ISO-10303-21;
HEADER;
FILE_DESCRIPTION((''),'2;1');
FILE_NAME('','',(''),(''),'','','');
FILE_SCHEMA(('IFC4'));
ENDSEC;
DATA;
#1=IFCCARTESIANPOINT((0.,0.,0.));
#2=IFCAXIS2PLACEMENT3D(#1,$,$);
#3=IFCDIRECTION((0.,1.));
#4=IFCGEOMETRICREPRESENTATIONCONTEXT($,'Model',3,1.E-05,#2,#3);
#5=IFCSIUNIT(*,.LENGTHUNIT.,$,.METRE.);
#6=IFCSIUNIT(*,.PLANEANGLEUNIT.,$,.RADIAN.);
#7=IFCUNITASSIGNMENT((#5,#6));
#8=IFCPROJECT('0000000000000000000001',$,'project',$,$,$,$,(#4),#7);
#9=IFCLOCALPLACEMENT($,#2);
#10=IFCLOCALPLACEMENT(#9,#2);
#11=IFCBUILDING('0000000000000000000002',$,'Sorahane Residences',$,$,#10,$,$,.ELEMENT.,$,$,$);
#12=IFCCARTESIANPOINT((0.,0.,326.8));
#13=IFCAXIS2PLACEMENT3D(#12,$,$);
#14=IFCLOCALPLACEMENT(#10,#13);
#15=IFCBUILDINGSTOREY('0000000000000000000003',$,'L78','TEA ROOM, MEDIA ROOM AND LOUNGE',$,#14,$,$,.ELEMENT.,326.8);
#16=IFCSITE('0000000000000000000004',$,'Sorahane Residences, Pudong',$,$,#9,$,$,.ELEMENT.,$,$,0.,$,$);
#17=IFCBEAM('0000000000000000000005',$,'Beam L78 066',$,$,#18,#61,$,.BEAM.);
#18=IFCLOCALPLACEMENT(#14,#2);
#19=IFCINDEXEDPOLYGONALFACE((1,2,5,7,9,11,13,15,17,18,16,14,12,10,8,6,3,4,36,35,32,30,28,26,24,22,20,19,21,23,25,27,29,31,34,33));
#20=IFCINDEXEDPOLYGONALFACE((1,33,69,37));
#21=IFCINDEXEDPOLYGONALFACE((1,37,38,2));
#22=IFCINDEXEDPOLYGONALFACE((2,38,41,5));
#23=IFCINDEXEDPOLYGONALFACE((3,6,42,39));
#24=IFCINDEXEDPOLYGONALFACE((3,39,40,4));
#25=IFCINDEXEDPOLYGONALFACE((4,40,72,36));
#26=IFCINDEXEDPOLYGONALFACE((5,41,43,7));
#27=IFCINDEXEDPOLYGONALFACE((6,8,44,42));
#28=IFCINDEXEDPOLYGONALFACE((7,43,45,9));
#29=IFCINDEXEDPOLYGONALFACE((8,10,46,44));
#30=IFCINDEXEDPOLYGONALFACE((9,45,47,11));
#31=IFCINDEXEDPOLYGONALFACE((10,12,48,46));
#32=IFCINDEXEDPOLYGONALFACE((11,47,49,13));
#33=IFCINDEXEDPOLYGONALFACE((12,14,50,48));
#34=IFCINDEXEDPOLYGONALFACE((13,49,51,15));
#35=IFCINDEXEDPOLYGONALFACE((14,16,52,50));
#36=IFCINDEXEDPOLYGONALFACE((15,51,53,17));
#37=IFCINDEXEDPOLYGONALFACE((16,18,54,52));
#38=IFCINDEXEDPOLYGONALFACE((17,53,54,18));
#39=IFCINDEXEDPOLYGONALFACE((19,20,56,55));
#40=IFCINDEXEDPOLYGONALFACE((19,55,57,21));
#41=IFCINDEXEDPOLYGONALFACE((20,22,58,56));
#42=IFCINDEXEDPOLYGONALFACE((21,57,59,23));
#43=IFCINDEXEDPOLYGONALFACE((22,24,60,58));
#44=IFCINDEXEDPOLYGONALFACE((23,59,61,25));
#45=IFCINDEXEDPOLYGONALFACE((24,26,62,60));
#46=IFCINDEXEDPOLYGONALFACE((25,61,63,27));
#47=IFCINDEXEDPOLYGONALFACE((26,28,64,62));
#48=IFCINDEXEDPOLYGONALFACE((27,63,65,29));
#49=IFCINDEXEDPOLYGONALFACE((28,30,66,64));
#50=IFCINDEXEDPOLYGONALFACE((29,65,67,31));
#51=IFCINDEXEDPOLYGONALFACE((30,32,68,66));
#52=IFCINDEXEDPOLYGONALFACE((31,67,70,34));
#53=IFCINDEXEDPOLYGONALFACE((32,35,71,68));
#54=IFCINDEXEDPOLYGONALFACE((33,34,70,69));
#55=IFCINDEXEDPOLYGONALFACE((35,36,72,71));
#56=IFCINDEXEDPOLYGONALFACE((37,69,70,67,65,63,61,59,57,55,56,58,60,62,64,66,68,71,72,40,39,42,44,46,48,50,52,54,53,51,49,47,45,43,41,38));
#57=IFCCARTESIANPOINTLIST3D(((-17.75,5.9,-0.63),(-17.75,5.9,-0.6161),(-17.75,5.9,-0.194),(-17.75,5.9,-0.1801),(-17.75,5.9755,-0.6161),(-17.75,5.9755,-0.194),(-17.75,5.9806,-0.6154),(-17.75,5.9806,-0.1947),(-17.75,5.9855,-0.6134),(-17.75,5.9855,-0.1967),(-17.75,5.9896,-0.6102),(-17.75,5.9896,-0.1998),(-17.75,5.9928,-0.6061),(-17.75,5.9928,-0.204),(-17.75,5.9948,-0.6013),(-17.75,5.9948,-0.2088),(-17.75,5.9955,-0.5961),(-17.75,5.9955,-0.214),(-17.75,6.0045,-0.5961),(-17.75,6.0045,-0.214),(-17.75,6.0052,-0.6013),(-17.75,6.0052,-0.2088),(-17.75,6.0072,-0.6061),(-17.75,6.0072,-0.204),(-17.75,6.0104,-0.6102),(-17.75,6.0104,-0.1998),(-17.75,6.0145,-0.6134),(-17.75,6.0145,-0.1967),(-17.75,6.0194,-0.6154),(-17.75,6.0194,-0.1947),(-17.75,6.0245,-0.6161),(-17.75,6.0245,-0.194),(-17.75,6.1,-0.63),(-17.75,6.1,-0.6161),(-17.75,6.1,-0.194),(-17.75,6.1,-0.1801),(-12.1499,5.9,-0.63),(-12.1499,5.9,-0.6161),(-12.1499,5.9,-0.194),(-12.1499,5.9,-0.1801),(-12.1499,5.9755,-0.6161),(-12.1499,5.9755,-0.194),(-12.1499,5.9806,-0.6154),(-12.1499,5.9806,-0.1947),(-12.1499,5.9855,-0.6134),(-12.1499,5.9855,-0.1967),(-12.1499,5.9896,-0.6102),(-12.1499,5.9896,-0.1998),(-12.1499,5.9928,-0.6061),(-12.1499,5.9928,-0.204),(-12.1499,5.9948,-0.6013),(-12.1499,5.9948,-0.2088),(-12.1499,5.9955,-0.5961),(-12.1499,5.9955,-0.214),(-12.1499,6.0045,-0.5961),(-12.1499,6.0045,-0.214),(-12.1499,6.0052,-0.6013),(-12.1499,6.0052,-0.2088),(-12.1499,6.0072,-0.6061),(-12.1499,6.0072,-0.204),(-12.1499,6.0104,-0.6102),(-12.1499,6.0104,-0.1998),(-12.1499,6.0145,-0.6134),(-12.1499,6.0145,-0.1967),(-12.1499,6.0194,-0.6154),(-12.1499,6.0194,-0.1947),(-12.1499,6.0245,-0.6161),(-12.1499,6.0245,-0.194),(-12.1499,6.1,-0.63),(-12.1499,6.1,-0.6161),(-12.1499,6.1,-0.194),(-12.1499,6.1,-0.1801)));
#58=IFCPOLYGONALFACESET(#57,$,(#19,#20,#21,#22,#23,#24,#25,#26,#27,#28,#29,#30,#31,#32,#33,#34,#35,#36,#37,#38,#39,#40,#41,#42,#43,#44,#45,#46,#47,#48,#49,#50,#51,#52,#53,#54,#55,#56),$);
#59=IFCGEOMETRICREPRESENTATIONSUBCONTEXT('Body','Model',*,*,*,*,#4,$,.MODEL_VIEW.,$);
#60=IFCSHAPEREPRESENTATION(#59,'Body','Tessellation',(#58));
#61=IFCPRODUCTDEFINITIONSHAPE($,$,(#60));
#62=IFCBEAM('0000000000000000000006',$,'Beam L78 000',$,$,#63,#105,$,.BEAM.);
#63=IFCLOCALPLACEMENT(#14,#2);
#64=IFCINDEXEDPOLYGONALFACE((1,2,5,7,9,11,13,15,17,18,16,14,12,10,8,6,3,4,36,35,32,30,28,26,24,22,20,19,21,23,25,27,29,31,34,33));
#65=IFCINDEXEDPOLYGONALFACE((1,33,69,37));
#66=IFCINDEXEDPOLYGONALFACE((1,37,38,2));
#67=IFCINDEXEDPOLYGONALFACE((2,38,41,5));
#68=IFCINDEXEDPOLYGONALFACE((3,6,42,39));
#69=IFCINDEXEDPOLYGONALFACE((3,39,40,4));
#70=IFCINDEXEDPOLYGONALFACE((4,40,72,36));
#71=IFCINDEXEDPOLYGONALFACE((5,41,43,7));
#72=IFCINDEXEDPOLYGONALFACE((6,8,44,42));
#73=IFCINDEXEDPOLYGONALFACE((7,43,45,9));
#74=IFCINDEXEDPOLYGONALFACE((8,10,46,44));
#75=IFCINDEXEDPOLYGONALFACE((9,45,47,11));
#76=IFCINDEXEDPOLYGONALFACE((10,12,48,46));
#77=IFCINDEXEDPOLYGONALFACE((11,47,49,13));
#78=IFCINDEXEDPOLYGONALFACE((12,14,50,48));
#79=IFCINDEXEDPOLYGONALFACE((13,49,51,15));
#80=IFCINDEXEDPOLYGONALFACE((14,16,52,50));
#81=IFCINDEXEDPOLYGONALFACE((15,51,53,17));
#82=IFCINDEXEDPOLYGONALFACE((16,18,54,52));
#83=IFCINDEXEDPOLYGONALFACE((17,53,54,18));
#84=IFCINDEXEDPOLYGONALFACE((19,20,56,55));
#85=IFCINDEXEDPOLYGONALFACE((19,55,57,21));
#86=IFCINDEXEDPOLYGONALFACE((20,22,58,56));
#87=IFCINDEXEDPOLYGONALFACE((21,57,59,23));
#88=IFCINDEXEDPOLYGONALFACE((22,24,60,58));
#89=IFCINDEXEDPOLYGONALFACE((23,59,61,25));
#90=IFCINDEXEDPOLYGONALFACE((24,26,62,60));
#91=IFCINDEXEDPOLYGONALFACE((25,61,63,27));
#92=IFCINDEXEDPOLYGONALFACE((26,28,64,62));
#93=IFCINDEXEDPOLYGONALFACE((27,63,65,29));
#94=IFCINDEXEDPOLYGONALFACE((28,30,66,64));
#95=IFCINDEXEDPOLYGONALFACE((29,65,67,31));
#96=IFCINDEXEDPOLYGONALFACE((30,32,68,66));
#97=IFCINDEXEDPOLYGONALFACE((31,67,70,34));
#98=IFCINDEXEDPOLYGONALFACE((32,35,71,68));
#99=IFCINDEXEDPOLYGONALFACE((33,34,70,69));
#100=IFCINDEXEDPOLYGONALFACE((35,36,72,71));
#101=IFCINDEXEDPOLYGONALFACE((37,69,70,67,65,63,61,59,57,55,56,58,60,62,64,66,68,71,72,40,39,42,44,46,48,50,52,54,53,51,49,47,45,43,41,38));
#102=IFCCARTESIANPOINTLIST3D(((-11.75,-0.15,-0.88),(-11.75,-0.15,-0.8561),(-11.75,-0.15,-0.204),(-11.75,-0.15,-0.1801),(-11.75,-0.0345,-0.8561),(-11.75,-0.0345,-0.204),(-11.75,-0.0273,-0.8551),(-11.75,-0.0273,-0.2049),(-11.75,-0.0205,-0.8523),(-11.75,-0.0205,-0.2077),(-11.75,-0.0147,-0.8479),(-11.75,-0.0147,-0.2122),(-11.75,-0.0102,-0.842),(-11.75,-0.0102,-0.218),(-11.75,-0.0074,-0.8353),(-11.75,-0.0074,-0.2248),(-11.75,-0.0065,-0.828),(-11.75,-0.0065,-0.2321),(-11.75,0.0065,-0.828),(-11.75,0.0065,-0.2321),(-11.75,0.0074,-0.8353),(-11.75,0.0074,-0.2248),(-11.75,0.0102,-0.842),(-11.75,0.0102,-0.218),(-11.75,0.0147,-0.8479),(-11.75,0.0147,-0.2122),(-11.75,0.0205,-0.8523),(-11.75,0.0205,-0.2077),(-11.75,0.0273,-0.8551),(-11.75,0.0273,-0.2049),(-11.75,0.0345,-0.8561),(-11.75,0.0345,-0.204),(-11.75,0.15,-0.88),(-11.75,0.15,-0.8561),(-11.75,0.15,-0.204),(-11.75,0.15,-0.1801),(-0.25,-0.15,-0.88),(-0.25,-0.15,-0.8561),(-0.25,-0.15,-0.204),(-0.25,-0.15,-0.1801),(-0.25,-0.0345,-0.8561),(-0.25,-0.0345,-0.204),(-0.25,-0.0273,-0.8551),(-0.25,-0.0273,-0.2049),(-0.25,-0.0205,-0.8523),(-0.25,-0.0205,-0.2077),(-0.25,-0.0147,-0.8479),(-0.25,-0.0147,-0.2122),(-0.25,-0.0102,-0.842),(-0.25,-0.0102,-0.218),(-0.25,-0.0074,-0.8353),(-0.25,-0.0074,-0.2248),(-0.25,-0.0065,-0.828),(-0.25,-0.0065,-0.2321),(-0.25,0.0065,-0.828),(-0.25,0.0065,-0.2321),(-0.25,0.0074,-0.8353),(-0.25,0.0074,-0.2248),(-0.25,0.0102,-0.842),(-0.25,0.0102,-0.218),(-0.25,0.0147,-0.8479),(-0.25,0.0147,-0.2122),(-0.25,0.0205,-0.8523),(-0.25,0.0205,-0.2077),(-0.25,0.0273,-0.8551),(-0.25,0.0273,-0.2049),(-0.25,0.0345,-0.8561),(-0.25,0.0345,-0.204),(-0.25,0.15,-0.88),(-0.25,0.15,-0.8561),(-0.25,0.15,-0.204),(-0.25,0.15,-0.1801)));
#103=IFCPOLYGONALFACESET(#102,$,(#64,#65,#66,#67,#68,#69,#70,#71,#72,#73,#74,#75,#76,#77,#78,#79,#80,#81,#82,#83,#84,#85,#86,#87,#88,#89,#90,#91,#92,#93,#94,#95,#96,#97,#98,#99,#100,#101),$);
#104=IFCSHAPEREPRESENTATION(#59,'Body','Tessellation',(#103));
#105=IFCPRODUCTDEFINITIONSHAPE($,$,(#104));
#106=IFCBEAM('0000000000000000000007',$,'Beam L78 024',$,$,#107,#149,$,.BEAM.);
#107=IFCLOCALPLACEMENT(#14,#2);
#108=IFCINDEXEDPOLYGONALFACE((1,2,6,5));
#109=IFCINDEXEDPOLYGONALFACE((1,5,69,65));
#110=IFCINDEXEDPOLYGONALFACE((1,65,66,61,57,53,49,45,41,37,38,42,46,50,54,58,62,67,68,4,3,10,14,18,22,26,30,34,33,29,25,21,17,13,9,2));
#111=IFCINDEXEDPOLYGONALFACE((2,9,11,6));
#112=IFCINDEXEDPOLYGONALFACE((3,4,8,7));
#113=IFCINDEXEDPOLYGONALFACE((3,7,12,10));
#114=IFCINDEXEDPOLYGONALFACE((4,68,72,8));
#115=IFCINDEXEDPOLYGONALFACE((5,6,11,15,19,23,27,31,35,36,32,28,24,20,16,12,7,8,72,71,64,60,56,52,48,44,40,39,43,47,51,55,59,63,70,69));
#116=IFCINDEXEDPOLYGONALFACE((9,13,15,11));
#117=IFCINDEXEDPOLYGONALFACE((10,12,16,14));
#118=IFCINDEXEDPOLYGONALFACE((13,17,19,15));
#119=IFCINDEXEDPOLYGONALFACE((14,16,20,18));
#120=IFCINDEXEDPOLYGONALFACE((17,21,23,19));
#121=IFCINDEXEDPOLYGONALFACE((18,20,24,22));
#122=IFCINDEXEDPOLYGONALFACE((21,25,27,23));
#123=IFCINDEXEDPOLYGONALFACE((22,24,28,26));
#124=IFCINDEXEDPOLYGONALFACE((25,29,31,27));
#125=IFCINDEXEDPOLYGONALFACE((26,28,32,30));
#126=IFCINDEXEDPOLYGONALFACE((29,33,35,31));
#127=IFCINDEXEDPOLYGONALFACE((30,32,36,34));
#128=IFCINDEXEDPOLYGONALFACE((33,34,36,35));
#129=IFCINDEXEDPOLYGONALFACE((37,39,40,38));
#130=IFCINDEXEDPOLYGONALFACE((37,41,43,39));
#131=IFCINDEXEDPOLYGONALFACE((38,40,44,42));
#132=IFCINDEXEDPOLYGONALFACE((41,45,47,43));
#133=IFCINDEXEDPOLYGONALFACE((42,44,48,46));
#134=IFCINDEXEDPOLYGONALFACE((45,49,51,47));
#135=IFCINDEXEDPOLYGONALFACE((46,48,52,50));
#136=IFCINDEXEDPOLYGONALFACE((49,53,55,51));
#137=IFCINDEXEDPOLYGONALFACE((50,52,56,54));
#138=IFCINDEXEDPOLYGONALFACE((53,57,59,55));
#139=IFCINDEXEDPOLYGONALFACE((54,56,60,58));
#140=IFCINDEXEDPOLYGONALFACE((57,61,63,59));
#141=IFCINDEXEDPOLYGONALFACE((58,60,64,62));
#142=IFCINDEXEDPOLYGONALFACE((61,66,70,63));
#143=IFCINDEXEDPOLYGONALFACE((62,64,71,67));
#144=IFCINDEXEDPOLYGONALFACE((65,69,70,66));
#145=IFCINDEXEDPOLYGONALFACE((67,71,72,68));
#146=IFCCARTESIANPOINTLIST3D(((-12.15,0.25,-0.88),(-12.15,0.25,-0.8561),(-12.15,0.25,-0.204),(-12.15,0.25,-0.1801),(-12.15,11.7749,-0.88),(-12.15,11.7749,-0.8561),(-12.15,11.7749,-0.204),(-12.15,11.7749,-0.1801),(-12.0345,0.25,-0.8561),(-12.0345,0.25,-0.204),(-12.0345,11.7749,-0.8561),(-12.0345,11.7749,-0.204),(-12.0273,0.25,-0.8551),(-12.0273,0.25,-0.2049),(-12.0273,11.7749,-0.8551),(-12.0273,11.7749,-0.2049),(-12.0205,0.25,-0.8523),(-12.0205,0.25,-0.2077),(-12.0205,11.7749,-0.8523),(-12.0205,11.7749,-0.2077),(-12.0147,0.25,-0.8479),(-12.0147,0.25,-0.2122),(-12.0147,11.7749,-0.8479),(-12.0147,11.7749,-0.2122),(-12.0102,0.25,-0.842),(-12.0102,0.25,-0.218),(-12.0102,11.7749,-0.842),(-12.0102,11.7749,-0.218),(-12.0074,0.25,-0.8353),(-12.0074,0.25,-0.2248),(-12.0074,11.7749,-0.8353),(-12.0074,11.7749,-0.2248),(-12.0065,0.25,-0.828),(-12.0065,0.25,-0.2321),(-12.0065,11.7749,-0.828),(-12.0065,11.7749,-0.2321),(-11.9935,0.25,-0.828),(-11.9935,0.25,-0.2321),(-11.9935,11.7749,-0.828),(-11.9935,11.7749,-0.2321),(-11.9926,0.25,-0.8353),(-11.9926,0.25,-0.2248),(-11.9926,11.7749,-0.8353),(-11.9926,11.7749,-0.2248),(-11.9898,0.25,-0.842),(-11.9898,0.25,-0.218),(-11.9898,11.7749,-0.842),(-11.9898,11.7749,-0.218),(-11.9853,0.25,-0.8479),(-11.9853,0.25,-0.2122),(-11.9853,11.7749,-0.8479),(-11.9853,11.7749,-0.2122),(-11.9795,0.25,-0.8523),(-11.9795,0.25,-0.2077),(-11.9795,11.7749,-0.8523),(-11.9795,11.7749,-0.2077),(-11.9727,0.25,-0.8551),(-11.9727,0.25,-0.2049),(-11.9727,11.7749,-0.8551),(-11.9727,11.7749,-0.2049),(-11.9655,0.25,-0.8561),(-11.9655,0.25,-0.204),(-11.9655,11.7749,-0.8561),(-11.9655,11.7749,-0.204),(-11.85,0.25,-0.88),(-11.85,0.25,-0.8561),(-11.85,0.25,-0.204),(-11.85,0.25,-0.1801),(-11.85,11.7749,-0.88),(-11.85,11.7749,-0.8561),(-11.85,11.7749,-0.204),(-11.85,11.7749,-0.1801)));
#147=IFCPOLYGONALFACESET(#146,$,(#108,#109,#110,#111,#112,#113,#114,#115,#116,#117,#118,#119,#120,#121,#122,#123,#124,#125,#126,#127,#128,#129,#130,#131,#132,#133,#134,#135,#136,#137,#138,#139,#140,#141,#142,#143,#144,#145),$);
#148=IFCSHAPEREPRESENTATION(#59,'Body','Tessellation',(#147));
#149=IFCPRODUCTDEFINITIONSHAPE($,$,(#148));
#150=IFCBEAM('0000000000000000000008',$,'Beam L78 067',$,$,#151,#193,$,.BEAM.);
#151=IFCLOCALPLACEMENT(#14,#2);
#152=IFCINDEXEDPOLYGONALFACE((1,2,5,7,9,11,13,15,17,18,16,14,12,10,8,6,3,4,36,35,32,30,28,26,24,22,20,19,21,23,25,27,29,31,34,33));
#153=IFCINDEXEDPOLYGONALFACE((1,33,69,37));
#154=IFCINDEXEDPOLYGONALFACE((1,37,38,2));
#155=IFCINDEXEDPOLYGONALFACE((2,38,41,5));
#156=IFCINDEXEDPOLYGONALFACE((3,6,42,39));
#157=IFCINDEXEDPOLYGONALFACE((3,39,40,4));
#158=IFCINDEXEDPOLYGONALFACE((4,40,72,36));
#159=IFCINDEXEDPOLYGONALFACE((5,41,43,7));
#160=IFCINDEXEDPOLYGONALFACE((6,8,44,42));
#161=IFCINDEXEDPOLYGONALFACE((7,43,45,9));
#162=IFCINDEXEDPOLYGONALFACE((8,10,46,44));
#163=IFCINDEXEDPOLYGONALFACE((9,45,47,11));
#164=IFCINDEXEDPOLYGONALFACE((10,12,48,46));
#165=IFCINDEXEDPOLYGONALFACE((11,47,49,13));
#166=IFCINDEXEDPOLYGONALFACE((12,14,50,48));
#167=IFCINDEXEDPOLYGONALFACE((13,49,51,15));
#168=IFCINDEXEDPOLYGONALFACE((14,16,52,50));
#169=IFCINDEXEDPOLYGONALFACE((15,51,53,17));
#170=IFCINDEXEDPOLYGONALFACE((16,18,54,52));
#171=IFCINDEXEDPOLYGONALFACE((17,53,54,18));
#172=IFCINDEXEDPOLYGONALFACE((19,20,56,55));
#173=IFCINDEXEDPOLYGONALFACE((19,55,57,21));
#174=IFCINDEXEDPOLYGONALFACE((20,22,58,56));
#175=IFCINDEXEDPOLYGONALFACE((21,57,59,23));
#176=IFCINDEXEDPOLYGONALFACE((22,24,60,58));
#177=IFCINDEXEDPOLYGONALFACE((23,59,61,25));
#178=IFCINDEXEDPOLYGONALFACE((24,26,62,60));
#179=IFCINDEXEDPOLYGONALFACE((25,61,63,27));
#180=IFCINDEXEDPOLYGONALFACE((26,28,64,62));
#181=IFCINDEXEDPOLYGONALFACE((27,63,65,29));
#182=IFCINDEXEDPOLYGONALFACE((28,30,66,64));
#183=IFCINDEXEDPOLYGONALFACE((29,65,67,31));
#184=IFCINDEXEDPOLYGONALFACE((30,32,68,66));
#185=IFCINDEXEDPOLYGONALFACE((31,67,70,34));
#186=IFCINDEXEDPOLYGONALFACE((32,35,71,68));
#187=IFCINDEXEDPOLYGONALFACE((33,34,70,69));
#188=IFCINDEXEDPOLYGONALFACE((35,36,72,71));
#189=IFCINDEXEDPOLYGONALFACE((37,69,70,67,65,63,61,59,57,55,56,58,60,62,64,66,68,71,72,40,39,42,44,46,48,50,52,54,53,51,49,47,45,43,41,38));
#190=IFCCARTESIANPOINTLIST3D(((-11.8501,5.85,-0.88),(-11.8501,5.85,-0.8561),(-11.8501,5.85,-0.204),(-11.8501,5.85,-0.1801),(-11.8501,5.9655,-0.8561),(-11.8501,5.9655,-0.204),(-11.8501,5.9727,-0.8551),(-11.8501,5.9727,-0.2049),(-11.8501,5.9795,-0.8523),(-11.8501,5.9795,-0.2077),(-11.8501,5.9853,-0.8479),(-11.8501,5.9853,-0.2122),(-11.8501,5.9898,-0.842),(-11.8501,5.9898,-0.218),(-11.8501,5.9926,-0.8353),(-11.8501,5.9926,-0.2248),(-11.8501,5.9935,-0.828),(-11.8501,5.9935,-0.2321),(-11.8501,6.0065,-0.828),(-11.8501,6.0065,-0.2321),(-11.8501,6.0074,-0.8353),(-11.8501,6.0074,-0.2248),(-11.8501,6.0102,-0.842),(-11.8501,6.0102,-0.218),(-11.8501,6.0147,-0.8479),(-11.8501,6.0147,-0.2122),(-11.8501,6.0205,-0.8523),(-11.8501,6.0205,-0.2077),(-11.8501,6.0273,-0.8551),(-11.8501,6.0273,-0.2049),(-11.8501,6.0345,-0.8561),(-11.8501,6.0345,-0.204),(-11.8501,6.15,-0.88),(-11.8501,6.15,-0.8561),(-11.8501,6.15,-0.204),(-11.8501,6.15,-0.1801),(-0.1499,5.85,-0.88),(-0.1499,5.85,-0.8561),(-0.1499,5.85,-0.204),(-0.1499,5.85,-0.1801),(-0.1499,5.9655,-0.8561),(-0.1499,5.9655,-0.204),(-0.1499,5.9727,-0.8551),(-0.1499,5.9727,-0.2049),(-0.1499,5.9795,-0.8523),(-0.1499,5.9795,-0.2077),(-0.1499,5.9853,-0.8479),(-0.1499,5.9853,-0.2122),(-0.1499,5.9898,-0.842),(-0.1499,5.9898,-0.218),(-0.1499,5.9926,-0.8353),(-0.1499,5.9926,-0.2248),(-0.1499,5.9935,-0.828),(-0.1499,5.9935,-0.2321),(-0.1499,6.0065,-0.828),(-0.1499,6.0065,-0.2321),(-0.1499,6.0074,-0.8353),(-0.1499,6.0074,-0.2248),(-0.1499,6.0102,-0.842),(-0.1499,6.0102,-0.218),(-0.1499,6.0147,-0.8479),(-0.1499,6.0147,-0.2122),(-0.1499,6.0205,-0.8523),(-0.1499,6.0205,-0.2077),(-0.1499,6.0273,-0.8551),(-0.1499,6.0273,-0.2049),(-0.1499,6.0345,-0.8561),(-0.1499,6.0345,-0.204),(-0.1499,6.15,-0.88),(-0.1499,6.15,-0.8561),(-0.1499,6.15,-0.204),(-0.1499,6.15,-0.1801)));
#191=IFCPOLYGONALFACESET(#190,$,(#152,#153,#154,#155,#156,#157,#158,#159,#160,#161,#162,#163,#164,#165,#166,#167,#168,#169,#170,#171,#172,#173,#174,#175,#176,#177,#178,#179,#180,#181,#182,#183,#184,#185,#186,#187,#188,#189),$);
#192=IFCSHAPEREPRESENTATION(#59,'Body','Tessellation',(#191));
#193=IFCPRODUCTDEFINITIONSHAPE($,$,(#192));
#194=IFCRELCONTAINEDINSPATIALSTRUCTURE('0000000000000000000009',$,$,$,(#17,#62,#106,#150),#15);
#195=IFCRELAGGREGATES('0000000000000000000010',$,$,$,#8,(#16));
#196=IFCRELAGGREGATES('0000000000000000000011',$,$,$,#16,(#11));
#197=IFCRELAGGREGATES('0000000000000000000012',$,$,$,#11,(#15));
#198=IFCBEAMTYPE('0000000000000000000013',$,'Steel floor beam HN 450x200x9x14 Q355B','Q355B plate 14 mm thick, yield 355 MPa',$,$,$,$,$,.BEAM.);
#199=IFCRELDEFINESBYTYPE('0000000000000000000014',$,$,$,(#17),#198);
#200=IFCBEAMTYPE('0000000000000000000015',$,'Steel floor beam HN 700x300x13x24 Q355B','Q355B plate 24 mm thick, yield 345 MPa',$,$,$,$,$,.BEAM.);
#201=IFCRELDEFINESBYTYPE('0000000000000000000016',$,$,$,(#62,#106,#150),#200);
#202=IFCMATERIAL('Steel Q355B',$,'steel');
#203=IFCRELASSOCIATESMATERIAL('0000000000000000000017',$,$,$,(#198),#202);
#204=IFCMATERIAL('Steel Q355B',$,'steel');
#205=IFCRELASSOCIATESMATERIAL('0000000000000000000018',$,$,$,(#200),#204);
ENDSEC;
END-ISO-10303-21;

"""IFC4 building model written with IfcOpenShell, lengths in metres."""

from ifc_helpers import new_model, si_unit, direction, frame, origin, origin_2d, place, context, subcontext, project, spatial, i_section, extrude, material, material_profile, profile_set, type_object, element, save


model = new_model("IFC4")

# Units and contexts
model_context = context("Model", 3, precision=1e-05, world=origin(), true_north=direction((0.0, 1.0)))
body_context = subcontext(model_context, "Body", "Model", "MODEL_VIEW")
ifc_project = project(units=[si_unit("LENGTHUNIT", "METRE"), si_unit("PLANEANGLEUNIT", "RADIAN")], contexts=[model_context])

# Site, building, storey
site_placement = place(None, origin())
site = spatial("IfcSite", under=ifc_project, at=site_placement, Name="Sorahane Residences, Pudong", CompositionType="ELEMENT", RefElevation=0.0)
building_placement = place(site_placement, origin())
building = spatial("IfcBuilding", under=site, at=building_placement, Name="Sorahane Residences", CompositionType="ELEMENT")
storey_placement = place(building_placement, frame((0.0, 0.0, 326.8)))
storey = spatial("IfcBuildingStorey", under=building, at=storey_placement, Name="L78", Description="TEA ROOM, MEDIA ROOM AND LOUNGE", CompositionType="ELEMENT", Elevation=326.8)

# Beams
ifc_material_1 = material(Name="Steel Q355B", Category="steel")
ifc_material_profile_1 = material_profile(ifc_material_1, i_section(OverallWidth=0.2, OverallDepth=0.45, WebThickness=0.009, FlangeThickness=0.0139, FilletRadius=0.02, at=origin_2d()), Name="HN 450x200x9x14")
ifc_profile_set_1 = profile_set([ifc_material_profile_1], Name="Steel Q355B")
beam_type_1 = type_object("IfcBeamType", Name="Steel floor beam HN 450x200x9x14 Q355B", Description="Q355B plate 14 mm thick, yield 355 MPa", PredefinedType="BEAM", material=ifc_profile_set_1)
beam_1_placement = place(storey_placement, frame((-17.75, 6.0, -0.405), z_axis=(1.0, 0.0, 0.0), x_axis=(0.0, 1.0, 0.0)))
element("IfcBeam", 1, at=beam_1_placement, inside=storey, type_object=beam_type_1, Name="Beam L78 066", PredefinedType="BEAM", context=body_context, shape_type="SweptSolid", body=[
    extrude(i_section(OverallWidth=0.2, OverallDepth=0.45, WebThickness=0.009, FlangeThickness=0.0139, FilletRadius=0.02, at=origin_2d()), origin(), (0.0, 0.0, 1.0), 5.6001),
])
ifc_material_2 = material(Name="Steel Q355B", Category="steel")
ifc_material_profile_2 = material_profile(ifc_material_2, i_section(OverallWidth=0.3, OverallDepth=0.7, WebThickness=0.0129, FlangeThickness=0.0239, FilletRadius=0.0281, at=origin_2d()), Name="HN 700x300x13x24")
ifc_profile_set_2 = profile_set([ifc_material_profile_2], Name="Steel Q355B")
beam_type_2 = type_object("IfcBeamType", Name="Steel floor beam HN 700x300x13x24 Q355B", Description="Q355B plate 24 mm thick, yield 345 MPa", PredefinedType="BEAM", material=ifc_profile_set_2)
beam_2_placement = place(storey_placement, frame((-11.75, 0.0, -0.53), z_axis=(1.0, 0.0, 0.0), x_axis=(0.0, 1.0, 0.0)))
element("IfcBeam", 2, at=beam_2_placement, inside=storey, type_object=beam_type_2, Name="Beam L78 000", PredefinedType="BEAM", context=body_context, shape_type="SweptSolid", body=[
    extrude(i_section(OverallWidth=0.3, OverallDepth=0.7, WebThickness=0.0129, FlangeThickness=0.0239, FilletRadius=0.0281, at=origin_2d()), origin(), (0.0, 0.0, 1.0), 11.5),
])
beam_3_placement = place(storey_placement, frame((-12.0, 0.25, -0.53), z_axis=(0.0, 1.0, 0.0), x_axis=(-1.0, 0.0, 0.0)))
element("IfcBeam", 3, at=beam_3_placement, inside=storey, type_object=beam_type_2, Name="Beam L78 024", PredefinedType="BEAM", context=body_context, shape_type="SweptSolid", body=[
    extrude(i_section(OverallWidth=0.3, OverallDepth=0.7, WebThickness=0.0129, FlangeThickness=0.0239, FilletRadius=0.0281, at=origin_2d()), origin(), (0.0, 0.0, 1.0), 11.5249),
])
beam_4_placement = place(storey_placement, frame((-11.8501, 6.0, -0.53), z_axis=(1.0, 0.0, 0.0), x_axis=(0.0, 1.0, 0.0)))
element("IfcBeam", 4, at=beam_4_placement, inside=storey, type_object=beam_type_2, Name="Beam L78 067", PredefinedType="BEAM", context=body_context, shape_type="SweptSolid", body=[
    extrude(i_section(OverallWidth=0.3, OverallDepth=0.7, WebThickness=0.0129, FlangeThickness=0.0239, FilletRadius=0.0281, at=origin_2d()), origin(), (0.0, 0.0, 1.0), 11.7002),
])

save(model, "model.ifc")
